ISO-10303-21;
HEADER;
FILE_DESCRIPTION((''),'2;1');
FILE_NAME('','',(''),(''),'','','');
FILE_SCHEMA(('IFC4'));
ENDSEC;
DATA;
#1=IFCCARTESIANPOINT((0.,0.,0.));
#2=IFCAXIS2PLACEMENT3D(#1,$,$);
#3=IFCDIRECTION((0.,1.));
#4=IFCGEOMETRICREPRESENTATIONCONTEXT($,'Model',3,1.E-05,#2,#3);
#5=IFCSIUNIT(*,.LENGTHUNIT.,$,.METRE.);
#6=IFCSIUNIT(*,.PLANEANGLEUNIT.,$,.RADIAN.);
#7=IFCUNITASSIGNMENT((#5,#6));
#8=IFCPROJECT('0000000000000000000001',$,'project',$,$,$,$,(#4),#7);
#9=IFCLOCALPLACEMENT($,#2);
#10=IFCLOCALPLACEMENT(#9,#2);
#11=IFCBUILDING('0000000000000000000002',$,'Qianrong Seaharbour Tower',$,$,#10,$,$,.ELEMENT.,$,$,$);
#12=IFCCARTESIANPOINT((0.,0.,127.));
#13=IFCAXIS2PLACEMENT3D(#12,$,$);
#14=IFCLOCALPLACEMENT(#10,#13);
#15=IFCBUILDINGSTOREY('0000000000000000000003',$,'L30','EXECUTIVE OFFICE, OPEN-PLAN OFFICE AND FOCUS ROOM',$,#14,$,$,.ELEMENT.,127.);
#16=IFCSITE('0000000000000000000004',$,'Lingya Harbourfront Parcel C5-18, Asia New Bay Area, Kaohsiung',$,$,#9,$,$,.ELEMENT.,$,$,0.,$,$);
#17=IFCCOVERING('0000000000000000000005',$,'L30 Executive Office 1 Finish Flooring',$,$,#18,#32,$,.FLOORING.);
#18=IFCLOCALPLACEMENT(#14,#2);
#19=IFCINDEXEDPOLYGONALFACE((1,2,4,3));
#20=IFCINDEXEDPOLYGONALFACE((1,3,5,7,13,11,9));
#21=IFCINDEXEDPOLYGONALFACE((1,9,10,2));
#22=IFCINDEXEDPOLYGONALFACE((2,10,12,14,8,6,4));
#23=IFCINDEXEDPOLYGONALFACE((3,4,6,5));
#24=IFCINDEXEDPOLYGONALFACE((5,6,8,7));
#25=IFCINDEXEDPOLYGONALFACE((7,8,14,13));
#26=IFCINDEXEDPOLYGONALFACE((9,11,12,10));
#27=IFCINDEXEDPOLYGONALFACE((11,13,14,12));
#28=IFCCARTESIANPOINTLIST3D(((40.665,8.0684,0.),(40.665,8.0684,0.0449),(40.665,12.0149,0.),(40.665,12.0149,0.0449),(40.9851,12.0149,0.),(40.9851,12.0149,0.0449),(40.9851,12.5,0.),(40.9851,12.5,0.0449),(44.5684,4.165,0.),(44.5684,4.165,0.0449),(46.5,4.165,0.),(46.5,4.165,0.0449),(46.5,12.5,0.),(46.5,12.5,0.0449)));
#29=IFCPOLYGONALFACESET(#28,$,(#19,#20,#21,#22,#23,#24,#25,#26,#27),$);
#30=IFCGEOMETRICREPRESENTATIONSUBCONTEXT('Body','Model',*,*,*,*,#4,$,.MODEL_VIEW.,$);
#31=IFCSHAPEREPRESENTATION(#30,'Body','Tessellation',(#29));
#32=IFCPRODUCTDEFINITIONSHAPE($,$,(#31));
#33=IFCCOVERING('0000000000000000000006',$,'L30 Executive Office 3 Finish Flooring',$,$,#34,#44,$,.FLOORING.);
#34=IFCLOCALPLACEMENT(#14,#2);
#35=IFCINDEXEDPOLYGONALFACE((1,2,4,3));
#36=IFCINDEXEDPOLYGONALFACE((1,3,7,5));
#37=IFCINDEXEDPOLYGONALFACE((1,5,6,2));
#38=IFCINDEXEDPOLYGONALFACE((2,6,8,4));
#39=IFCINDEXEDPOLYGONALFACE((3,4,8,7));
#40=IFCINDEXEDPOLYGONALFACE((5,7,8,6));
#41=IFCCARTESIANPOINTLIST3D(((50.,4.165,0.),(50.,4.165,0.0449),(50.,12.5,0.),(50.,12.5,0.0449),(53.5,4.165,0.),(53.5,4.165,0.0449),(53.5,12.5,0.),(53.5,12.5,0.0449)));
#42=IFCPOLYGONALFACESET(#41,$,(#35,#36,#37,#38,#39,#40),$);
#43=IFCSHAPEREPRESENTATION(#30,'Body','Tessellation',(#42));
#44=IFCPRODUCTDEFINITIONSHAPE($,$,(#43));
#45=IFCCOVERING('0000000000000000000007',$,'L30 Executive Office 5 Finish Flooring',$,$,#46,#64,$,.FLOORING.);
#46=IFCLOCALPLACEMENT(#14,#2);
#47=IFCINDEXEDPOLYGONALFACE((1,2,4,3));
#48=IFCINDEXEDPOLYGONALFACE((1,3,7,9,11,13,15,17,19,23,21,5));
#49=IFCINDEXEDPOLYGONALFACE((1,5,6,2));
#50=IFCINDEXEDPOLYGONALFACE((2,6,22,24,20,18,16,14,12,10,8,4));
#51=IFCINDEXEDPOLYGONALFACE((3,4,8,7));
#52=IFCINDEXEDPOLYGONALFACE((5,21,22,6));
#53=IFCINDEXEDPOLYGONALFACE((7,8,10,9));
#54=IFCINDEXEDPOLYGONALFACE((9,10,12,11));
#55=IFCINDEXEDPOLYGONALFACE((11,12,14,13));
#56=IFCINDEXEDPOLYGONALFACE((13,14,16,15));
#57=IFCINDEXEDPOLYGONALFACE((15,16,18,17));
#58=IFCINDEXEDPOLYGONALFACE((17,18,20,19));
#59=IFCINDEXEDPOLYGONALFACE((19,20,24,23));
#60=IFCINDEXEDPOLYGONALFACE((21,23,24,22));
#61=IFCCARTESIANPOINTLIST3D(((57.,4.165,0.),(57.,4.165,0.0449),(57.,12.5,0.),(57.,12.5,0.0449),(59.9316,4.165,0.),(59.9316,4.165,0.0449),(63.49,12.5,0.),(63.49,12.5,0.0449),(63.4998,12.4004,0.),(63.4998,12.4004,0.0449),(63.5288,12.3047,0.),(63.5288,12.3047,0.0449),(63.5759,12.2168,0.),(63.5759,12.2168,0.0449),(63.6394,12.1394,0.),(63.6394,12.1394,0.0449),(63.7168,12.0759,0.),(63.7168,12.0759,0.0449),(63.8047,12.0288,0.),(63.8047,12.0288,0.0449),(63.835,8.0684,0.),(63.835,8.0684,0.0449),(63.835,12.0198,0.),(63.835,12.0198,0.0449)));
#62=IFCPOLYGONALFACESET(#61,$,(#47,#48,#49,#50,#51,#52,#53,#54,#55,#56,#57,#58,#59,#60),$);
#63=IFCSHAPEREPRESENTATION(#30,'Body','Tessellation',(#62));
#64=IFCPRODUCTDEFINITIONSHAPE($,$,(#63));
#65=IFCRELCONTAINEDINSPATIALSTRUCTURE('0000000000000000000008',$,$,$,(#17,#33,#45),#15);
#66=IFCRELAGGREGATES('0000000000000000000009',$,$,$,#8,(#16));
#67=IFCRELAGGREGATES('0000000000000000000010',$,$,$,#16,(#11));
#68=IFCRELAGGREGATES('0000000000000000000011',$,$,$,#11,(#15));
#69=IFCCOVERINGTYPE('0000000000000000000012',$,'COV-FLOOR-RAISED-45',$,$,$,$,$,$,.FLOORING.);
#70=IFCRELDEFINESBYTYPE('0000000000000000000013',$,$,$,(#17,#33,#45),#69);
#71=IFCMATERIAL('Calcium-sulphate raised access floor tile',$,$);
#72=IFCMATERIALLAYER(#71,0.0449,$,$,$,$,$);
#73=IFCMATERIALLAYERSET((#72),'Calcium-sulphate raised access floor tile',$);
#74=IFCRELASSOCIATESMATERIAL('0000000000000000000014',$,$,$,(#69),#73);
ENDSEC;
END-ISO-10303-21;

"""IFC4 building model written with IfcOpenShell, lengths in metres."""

from ifc_helpers import new_model, si_unit, direction, frame, origin, place, context, subcontext, project, spatial, polyline, outline, extrude, material, layer, layer_set, type_object, element, save


model = new_model("IFC4")

# Units and contexts
model_context = context("Model", 3, precision=1e-05, world=origin(), true_north=direction((0.0, 1.0)))
body_context = subcontext(model_context, "Body", "Model", "MODEL_VIEW")
ifc_project = project(units=[si_unit("LENGTHUNIT", "METRE"), si_unit("PLANEANGLEUNIT", "RADIAN")], contexts=[model_context])

# Site, building, storey
site_placement = place(None, origin())
site = spatial("IfcSite", under=ifc_project, at=site_placement, Name="Lingya Harbourfront Parcel C5-18, Asia New Bay Area, Kaohsiung", CompositionType="ELEMENT", RefElevation=0.0)
building_placement = place(site_placement, origin())
building = spatial("IfcBuilding", under=site, at=building_placement, Name="Qianrong Seaharbour Tower", CompositionType="ELEMENT")
storey_placement = place(building_placement, frame((0.0, 0.0, 127.0)))
storey = spatial("IfcBuildingStorey", under=building, at=storey_placement, Name="L30", Description="EXECUTIVE OFFICE, OPEN-PLAN OFFICE AND FOCUS ROOM", CompositionType="ELEMENT", Elevation=127.0)

# Coverings
ifc_material_1 = material(Name="Calcium-sulphate raised access floor tile")
ifc_layer_1 = layer(ifc_material_1, 0.0449)
ifc_layer_set_1 = layer_set([ifc_layer_1], Name="Calcium-sulphate raised access floor tile")
covering_type_1 = type_object("IfcCoveringType", Name="COV-FLOOR-RAISED-45", PredefinedType="FLOORING", material=ifc_layer_set_1)
covering_1_placement = place(storey_placement, origin())
element("IfcCovering", 1, at=covering_1_placement, inside=storey, type_object=covering_type_1, Name="L30 Executive Office 1 Finish Flooring", PredefinedType="FLOORING", context=body_context, shape_type="SweptSolid", body=[
    extrude(outline(polyline([(44.5684, 4.165), (40.665, 8.0684), (40.665, 12.0149), (40.9851, 12.0149), (40.9851, 12.5), (46.5, 12.5), (46.5, 4.165), (44.5684, 4.165)])), origin(), (0.0, 0.0, 1.0), 0.0449),
])
covering_2_placement = place(storey_placement, origin())
element("IfcCovering", 2, at=covering_2_placement, inside=storey, type_object=covering_type_1, Name="L30 Executive Office 3 Finish Flooring", PredefinedType="FLOORING", context=body_context, shape_type="SweptSolid", body=[
    extrude(outline(polyline([(53.5, 4.165), (50.0, 4.165), (50.0, 12.5), (53.5, 12.5), (53.5, 4.165)])), origin(), (0.0, 0.0, 1.0), 0.0449),
])
covering_3_placement = place(storey_placement, origin())
element("IfcCovering", 3, at=covering_3_placement, inside=storey, type_object=covering_type_1, Name="L30 Executive Office 5 Finish Flooring", PredefinedType="FLOORING", context=body_context, shape_type="SweptSolid", body=[
    extrude(outline(polyline([(63.835, 8.0684), (59.9316, 4.165), (57.0, 4.165), (57.0, 12.5), (63.49, 12.5), (63.4998, 12.4004), (63.5288, 12.3047), (63.5759, 12.2168), (63.6394, 12.1394), (63.7168, 12.0759), (63.8047, 12.0288), (63.835, 12.0198), (63.835, 8.0684)])), origin(), (0.0, 0.0, 1.0), 0.0449),
])

save(model, "model.ifc")
